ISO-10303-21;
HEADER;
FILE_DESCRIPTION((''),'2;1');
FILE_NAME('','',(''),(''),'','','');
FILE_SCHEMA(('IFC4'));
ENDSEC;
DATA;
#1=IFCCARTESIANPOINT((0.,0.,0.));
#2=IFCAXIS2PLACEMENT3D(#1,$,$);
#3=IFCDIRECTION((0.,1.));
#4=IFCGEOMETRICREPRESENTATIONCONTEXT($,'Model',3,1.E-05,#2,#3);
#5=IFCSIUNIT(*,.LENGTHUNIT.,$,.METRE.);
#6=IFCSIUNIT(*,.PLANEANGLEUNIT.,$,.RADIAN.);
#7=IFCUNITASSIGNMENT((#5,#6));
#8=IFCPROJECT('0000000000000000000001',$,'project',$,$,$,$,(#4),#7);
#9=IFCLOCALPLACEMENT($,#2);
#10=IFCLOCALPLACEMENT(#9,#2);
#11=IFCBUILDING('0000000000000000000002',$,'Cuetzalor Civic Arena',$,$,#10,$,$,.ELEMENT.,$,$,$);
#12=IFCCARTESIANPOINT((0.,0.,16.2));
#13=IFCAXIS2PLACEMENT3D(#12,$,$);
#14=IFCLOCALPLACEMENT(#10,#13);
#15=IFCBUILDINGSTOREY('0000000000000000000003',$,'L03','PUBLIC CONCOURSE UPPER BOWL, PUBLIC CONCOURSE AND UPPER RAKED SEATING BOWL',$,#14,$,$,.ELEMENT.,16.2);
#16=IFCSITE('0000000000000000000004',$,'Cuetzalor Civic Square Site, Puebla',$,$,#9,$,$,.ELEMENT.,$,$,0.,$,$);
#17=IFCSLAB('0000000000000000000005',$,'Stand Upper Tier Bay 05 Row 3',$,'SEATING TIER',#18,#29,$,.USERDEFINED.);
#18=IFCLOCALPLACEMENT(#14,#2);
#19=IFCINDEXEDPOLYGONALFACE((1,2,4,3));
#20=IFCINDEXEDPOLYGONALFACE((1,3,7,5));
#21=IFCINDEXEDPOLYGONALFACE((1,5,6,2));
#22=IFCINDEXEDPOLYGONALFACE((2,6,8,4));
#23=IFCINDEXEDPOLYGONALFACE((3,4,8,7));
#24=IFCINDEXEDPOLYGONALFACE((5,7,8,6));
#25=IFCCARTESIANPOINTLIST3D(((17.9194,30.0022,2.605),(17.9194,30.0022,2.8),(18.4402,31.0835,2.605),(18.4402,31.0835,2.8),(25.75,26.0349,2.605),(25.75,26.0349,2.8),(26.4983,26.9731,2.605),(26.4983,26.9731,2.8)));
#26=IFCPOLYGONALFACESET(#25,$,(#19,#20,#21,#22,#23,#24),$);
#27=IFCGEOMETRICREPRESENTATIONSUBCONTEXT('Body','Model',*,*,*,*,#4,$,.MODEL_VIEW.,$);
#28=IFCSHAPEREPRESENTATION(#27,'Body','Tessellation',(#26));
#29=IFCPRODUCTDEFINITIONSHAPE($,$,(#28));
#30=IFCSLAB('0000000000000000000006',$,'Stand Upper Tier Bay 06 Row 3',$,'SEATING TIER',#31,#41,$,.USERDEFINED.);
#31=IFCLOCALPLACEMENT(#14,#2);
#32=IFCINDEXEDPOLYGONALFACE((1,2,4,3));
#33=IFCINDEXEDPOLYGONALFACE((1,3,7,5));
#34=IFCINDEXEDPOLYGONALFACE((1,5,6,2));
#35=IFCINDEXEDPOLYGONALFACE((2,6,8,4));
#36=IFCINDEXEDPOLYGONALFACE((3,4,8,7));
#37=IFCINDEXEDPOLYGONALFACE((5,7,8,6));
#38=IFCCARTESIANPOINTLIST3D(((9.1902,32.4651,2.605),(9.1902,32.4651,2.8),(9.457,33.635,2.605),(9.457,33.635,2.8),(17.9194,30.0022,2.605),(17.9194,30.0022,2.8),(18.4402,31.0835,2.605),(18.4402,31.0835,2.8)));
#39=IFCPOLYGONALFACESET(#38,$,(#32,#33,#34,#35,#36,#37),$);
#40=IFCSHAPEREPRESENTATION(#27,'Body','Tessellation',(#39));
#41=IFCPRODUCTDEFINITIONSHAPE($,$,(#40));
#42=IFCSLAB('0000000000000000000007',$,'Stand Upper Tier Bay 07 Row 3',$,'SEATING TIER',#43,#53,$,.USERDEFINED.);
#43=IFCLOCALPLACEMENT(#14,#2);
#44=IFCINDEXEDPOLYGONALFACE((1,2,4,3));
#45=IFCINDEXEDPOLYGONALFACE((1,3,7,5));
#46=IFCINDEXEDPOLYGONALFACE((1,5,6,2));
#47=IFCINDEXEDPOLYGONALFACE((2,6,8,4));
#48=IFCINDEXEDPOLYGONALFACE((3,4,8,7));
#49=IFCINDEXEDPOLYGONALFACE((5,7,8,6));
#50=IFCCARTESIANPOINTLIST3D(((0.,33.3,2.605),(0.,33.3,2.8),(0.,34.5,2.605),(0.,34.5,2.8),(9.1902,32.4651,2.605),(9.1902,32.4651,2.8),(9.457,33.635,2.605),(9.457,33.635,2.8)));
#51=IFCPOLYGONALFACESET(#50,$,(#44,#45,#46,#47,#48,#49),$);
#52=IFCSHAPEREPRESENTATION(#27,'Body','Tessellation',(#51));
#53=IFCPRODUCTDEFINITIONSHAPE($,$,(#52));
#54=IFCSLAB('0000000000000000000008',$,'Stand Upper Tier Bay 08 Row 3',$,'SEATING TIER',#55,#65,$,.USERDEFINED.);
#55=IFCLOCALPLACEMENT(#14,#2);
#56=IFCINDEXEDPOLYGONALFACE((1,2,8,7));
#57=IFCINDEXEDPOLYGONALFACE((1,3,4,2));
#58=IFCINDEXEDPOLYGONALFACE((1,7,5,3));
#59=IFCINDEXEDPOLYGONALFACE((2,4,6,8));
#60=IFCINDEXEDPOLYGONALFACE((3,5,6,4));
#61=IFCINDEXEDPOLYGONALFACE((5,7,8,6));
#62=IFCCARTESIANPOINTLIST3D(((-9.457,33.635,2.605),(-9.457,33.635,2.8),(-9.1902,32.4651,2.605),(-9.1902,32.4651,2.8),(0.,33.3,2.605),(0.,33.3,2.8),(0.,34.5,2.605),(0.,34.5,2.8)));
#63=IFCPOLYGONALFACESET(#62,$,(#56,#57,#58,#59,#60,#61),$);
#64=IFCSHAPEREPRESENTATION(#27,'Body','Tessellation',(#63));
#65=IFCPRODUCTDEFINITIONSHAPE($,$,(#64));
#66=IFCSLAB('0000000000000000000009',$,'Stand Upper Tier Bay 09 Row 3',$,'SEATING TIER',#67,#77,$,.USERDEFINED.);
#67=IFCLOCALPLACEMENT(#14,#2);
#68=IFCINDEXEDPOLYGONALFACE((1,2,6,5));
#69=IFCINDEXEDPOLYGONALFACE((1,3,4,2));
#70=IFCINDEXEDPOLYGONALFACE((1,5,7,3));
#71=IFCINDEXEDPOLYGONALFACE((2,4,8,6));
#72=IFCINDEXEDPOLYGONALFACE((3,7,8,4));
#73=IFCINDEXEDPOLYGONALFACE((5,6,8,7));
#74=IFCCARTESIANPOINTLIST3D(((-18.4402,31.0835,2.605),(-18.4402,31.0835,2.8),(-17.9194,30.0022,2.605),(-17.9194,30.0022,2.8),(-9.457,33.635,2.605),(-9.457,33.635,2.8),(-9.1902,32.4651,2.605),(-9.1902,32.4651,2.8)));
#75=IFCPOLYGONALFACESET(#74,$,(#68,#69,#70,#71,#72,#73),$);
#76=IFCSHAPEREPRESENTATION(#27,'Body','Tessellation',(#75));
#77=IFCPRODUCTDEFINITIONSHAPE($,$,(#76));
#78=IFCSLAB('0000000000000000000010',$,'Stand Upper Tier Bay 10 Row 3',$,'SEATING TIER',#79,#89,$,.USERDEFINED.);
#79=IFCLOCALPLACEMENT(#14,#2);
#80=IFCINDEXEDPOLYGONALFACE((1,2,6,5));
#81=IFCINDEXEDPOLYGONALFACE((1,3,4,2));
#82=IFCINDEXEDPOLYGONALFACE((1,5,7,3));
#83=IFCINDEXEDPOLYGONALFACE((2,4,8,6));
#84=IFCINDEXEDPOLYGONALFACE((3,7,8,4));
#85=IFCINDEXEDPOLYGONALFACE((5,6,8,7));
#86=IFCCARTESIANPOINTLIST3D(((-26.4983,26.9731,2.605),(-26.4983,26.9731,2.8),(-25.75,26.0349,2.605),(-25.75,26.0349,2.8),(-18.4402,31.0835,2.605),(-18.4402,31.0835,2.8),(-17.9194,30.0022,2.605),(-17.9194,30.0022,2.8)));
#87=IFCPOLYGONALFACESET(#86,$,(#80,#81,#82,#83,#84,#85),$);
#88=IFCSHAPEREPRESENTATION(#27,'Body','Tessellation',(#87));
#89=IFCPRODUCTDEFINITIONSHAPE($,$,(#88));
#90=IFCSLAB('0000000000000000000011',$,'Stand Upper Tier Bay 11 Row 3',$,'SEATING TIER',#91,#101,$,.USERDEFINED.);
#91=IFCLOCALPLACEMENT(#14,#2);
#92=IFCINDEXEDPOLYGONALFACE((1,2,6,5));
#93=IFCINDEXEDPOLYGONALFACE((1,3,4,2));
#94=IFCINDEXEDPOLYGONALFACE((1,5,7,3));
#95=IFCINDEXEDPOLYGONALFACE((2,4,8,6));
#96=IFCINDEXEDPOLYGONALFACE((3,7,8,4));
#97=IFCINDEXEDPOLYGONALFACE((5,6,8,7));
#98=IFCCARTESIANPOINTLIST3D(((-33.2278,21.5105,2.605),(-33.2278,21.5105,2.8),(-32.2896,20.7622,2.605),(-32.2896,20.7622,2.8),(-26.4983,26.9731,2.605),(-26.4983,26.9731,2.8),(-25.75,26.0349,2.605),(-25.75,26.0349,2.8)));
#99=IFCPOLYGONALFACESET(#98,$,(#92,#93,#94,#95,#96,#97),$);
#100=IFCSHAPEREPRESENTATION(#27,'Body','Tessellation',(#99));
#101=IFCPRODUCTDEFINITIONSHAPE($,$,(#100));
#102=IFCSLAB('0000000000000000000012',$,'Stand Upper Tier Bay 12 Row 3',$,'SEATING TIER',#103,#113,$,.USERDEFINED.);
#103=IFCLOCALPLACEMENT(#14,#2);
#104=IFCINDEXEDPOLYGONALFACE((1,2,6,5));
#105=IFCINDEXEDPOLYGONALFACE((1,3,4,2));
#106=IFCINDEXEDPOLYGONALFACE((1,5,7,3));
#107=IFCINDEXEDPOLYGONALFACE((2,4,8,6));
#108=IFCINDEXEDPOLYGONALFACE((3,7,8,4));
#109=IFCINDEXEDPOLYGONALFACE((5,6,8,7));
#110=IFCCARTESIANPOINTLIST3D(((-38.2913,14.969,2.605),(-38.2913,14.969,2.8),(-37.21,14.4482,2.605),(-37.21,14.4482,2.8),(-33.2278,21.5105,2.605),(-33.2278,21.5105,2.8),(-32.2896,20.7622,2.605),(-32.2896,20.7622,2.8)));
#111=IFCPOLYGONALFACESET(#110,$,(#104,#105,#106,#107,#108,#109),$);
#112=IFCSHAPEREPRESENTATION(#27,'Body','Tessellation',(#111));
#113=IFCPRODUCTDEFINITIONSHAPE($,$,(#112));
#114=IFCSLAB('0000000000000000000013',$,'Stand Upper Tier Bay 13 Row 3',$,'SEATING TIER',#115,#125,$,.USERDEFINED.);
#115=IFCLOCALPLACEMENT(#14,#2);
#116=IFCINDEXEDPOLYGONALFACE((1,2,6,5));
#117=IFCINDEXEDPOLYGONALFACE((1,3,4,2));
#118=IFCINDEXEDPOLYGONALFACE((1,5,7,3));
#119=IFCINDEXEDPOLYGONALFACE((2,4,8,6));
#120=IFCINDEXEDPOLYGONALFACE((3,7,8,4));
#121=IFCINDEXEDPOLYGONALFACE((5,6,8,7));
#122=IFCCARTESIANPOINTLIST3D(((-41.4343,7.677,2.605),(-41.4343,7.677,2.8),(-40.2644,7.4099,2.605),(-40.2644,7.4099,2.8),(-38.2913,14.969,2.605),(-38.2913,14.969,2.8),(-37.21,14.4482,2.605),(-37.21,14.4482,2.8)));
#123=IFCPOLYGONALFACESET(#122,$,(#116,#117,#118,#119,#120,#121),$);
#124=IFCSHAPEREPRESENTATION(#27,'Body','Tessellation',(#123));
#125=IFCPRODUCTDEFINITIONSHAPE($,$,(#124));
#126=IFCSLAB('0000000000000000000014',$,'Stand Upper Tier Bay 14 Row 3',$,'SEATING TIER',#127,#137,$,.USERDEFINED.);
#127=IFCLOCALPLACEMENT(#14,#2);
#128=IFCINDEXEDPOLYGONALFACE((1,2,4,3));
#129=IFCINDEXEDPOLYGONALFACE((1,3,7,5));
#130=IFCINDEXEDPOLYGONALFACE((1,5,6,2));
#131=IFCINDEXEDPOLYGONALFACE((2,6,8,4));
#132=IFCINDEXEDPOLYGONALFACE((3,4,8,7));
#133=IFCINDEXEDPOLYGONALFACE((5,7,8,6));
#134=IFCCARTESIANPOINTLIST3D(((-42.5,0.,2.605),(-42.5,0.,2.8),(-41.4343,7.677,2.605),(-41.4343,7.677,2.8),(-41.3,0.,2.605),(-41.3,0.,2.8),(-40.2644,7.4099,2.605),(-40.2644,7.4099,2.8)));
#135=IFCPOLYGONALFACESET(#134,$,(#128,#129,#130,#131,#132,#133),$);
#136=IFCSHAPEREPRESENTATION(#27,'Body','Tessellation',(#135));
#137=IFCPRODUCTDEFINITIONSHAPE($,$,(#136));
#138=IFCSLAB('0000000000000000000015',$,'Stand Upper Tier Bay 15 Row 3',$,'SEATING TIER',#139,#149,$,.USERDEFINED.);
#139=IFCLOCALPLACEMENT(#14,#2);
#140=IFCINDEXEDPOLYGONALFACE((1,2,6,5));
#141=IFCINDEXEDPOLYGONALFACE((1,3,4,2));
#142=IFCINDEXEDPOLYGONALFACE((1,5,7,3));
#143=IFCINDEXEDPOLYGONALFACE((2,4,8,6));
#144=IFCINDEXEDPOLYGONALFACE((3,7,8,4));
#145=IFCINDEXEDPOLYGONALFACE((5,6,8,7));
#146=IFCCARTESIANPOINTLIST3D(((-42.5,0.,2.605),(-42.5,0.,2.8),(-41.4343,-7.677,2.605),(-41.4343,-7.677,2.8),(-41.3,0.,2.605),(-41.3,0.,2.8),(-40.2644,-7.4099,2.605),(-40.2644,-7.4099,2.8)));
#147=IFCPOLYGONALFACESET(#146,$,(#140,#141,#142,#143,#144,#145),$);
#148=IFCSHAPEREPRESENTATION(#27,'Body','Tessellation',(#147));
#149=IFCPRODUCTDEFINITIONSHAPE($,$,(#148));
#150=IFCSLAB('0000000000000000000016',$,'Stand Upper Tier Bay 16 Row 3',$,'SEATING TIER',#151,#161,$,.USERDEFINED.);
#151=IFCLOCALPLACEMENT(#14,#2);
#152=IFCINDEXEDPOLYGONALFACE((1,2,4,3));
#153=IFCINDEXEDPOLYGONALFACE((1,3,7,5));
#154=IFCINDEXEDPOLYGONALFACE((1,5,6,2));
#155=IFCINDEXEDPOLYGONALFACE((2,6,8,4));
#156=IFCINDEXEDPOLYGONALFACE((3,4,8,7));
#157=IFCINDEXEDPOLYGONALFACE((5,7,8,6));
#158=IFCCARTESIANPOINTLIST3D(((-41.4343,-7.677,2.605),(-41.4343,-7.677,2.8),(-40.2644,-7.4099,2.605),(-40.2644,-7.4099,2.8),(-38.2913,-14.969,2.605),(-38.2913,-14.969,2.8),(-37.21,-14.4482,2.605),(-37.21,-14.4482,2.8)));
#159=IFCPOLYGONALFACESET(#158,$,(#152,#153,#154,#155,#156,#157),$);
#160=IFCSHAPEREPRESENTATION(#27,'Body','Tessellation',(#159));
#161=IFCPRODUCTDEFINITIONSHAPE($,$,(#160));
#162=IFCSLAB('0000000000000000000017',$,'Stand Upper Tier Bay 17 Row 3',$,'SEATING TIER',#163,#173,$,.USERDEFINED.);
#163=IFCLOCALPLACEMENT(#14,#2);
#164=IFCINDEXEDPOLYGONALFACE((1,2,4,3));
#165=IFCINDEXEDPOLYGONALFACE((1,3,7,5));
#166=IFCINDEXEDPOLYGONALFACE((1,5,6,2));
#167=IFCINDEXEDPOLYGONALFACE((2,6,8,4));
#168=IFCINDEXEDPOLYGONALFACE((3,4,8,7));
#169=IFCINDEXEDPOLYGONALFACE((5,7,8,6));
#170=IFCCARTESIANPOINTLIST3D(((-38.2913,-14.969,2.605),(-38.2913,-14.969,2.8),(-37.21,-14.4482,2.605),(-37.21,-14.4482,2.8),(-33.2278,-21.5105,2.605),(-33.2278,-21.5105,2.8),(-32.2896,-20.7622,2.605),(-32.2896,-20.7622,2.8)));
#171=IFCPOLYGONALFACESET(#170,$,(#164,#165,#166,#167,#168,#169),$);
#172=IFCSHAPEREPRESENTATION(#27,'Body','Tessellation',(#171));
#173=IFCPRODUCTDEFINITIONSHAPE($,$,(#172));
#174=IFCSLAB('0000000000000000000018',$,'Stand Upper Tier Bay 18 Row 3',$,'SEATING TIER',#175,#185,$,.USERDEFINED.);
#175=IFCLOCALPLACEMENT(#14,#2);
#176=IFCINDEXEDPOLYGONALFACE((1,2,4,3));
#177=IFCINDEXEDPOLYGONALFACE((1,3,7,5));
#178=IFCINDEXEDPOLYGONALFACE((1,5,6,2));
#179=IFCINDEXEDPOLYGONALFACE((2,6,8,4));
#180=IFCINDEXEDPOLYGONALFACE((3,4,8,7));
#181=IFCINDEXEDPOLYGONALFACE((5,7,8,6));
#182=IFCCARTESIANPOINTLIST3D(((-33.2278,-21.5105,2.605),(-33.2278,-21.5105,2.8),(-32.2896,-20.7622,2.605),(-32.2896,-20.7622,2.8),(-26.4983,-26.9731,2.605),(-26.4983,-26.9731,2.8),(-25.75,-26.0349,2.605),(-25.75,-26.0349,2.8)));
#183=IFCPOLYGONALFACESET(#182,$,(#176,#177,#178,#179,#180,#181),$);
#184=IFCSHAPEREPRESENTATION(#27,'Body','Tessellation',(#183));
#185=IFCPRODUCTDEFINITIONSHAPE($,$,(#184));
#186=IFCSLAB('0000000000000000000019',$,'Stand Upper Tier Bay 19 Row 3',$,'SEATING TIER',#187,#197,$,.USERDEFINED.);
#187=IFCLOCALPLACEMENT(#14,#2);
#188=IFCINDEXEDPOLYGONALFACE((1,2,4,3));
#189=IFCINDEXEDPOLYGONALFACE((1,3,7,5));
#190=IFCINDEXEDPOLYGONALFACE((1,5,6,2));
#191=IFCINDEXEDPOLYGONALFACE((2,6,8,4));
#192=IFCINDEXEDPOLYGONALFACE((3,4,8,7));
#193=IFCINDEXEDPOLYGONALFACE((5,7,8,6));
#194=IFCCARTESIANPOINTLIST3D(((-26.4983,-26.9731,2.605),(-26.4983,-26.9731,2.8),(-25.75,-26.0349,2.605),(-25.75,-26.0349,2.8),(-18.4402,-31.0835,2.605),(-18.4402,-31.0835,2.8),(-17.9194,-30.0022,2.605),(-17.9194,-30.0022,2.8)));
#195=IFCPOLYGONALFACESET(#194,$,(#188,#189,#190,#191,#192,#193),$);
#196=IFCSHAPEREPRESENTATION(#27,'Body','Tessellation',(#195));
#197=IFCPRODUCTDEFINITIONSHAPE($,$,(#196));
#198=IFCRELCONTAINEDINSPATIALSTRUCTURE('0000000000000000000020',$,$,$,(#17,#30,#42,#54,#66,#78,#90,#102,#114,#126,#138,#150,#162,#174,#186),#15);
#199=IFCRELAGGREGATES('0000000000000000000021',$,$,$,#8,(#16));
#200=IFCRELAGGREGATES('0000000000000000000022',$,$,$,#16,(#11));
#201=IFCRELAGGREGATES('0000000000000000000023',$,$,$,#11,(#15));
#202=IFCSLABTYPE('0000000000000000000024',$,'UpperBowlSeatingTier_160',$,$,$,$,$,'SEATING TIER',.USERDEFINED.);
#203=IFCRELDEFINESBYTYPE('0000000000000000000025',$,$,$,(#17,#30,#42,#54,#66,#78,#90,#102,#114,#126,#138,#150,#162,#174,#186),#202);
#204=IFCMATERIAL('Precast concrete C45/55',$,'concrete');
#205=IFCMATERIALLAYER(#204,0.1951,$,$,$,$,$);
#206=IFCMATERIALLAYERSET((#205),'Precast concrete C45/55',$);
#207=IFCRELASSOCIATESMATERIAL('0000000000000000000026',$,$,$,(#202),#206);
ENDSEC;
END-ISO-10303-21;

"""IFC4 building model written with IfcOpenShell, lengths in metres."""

from ifc_helpers import new_model, si_unit, direction, frame, origin, place, context, subcontext, project, spatial, polyline, outline, extrude, material, layer, layer_set, type_object, element, save


model = new_model("IFC4")

# Units and contexts
model_context = context("Model", 3, precision=1e-05, world=origin(), true_north=direction((0.0, 1.0)))
body_context = subcontext(model_context, "Body", "Model", "MODEL_VIEW")
ifc_project = project(units=[si_unit("LENGTHUNIT", "METRE"), si_unit("PLANEANGLEUNIT", "RADIAN")], contexts=[model_context])

# Site, building, storey
site_placement = place(None, origin())
site = spatial("IfcSite", under=ifc_project, at=site_placement, Name="Cuetzalor Civic Square Site, Puebla", CompositionType="ELEMENT", RefElevation=0.0)
building_placement = place(site_placement, origin())
building = spatial("IfcBuilding", under=site, at=building_placement, Name="Cuetzalor Civic Arena", CompositionType="ELEMENT")
storey_placement = place(building_placement, frame((0.0, 0.0, 16.2)))
storey = spatial("IfcBuildingStorey", under=building, at=storey_placement, Name="L03", Description="PUBLIC CONCOURSE UPPER BOWL, PUBLIC CONCOURSE AND UPPER RAKED SEATING BOWL", CompositionType="ELEMENT", Elevation=16.2)

# Slabs
ifc_material = material(Name="Precast concrete C45/55", Category="concrete")
ifc_layer = layer(ifc_material, 0.1951)
ifc_layer_set = layer_set([ifc_layer], Name="Precast concrete C45/55")
slab_type = type_object("IfcSlabType", Name="UpperBowlSeatingTier_160", ElementType="SEATING TIER", PredefinedType="USERDEFINED", material=ifc_layer_set)
slab_1_placement = place(storey_placement, frame((0.0, 0.0, 2.605)))
element("IfcSlab", 1, at=slab_1_placement, inside=storey, type_object=slab_type, Name="Stand Upper Tier Bay 05 Row 3", ObjectType="SEATING TIER", PredefinedType="USERDEFINED", context=body_context, shape_type="SweptSolid", body=[
    extrude(outline(polyline([(25.75, 26.0349), (17.9194, 30.0022), (18.4402, 31.0835), (26.4983, 26.9731), (25.75, 26.0349)])), origin(), (0.0, 0.0, 1.0), 0.1951),
])
slab_2_placement = place(storey_placement, frame((0.0, 0.0, 2.605)))
element("IfcSlab", 2, at=slab_2_placement, inside=storey, type_object=slab_type, Name="Stand Upper Tier Bay 06 Row 3", ObjectType="SEATING TIER", PredefinedType="USERDEFINED", context=body_context, shape_type="SweptSolid", body=[
    extrude(outline(polyline([(17.9194, 30.0022), (9.1902, 32.4651), (9.457, 33.635), (18.4402, 31.0835), (17.9194, 30.0022)])), origin(), (0.0, 0.0, 1.0), 0.1951),
])
slab_3_placement = place(storey_placement, frame((0.0, 0.0, 2.605)))
element("IfcSlab", 3, at=slab_3_placement, inside=storey, type_object=slab_type, Name="Stand Upper Tier Bay 07 Row 3", ObjectType="SEATING TIER", PredefinedType="USERDEFINED", context=body_context, shape_type="SweptSolid", body=[
    extrude(outline(polyline([(9.1902, 32.4651), (0.0, 33.3), (0.0, 34.5), (9.457, 33.635), (9.1902, 32.4651)])), origin(), (0.0, 0.0, 1.0), 0.1951),
])
slab_4_placement = place(storey_placement, frame((0.0, 0.0, 2.605)))
element("IfcSlab", 4, at=slab_4_placement, inside=storey, type_object=slab_type, Name="Stand Upper Tier Bay 08 Row 3", ObjectType="SEATING TIER", PredefinedType="USERDEFINED", context=body_context, shape_type="SweptSolid", body=[
    extrude(outline(polyline([(0.0, 33.3), (-9.1902, 32.4651), (-9.457, 33.635), (0.0, 34.5), (0.0, 33.3)])), origin(), (0.0, 0.0, 1.0), 0.1951),
])
slab_5_placement = place(storey_placement, frame((0.0, 0.0, 2.605)))
element("IfcSlab", 5, at=slab_5_placement, inside=storey, type_object=slab_type, Name="Stand Upper Tier Bay 09 Row 3", ObjectType="SEATING TIER", PredefinedType="USERDEFINED", context=body_context, shape_type="SweptSolid", body=[
    extrude(outline(polyline([(-9.1902, 32.4651), (-17.9194, 30.0022), (-18.4402, 31.0835), (-9.457, 33.635), (-9.1902, 32.4651)])), origin(), (0.0, 0.0, 1.0), 0.1951),
])
slab_6_placement = place(storey_placement, frame((0.0, 0.0, 2.605)))
element("IfcSlab", 6, at=slab_6_placement, inside=storey, type_object=slab_type, Name="Stand Upper Tier Bay 10 Row 3", ObjectType="SEATING TIER", PredefinedType="USERDEFINED", context=body_context, shape_type="SweptSolid", body=[
    extrude(outline(polyline([(-17.9194, 30.0022), (-25.75, 26.0349), (-26.4983, 26.9731), (-18.4402, 31.0835), (-17.9194, 30.0022)])), origin(), (0.0, 0.0, 1.0), 0.1951),
])
slab_7_placement = place(storey_placement, frame((0.0, 0.0, 2.605)))
element("IfcSlab", 7, at=slab_7_placement, inside=storey, type_object=slab_type, Name="Stand Upper Tier Bay 11 Row 3", ObjectType="SEATING TIER", PredefinedType="USERDEFINED", context=body_context, shape_type="SweptSolid", body=[
    extrude(outline(polyline([(-25.75, 26.0349), (-32.2896, 20.7622), (-33.2278, 21.5105), (-26.4983, 26.9731), (-25.75, 26.0349)])), origin(), (0.0, 0.0, 1.0), 0.1951),
])
slab_8_placement = place(storey_placement, frame((0.0, 0.0, 2.605)))
element("IfcSlab", 8, at=slab_8_placement, inside=storey, type_object=slab_type, Name="Stand Upper Tier Bay 12 Row 3", ObjectType="SEATING TIER", PredefinedType="USERDEFINED", context=body_context, shape_type="SweptSolid", body=[
    extrude(outline(polyline([(-32.2896, 20.7622), (-37.21, 14.4482), (-38.2913, 14.969), (-33.2278, 21.5105), (-32.2896, 20.7622)])), origin(), (0.0, 0.0, 1.0), 0.1951),
])
slab_9_placement = place(storey_placement, frame((0.0, 0.0, 2.605)))
element("IfcSlab", 9, at=slab_9_placement, inside=storey, type_object=slab_type, Name="Stand Upper Tier Bay 13 Row 3", ObjectType="SEATING TIER", PredefinedType="USERDEFINED", context=body_context, shape_type="SweptSolid", body=[
    extrude(outline(polyline([(-37.21, 14.4482), (-40.2644, 7.4099), (-41.4343, 7.677), (-38.2913, 14.969), (-37.21, 14.4482)])), origin(), (0.0, 0.0, 1.0), 0.1951),
])
slab_10_placement = place(storey_placement, frame((0.0, 0.0, 2.605)))
element("IfcSlab", 10, at=slab_10_placement, inside=storey, type_object=slab_type, Name="Stand Upper Tier Bay 14 Row 3", ObjectType="SEATING TIER", PredefinedType="USERDEFINED", context=body_context, shape_type="SweptSolid", body=[
    extrude(outline(polyline([(-40.2644, 7.4099), (-41.3, 0.0), (-42.5, 0.0), (-41.4343, 7.677), (-40.2644, 7.4099)])), origin(), (0.0, 0.0, 1.0), 0.1951),
])
slab_11_placement = place(storey_placement, frame((0.0, 0.0, 2.605)))
element("IfcSlab", 11, at=slab_11_placement, inside=storey, type_object=slab_type, Name="Stand Upper Tier Bay 15 Row 3", ObjectType="SEATING TIER", PredefinedType="USERDEFINED", context=body_context, shape_type="SweptSolid", body=[
    extrude(outline(polyline([(-41.3, 0.0), (-40.2644, -7.4099), (-41.4343, -7.677), (-42.5, 0.0), (-41.3, 0.0)])), origin(), (0.0, 0.0, 1.0), 0.1951),
])
slab_12_placement = place(storey_placement, frame((0.0, 0.0, 2.605)))
element("IfcSlab", 12, at=slab_12_placement, inside=storey, type_object=slab_type, Name="Stand Upper Tier Bay 16 Row 3", ObjectType="SEATING TIER", PredefinedType="USERDEFINED", context=body_context, shape_type="SweptSolid", body=[
    extrude(outline(polyline([(-40.2644, -7.4099), (-37.21, -14.4482), (-38.2913, -14.969), (-41.4343, -7.677), (-40.2644, -7.4099)])), origin(), (0.0, 0.0, 1.0), 0.1951),
])
slab_13_placement = place(storey_placement, frame((0.0, 0.0, 2.605)))
element("IfcSlab", 13, at=slab_13_placement, inside=storey, type_object=slab_type, Name="Stand Upper Tier Bay 17 Row 3", ObjectType="SEATING TIER", PredefinedType="USERDEFINED", context=body_context, shape_type="SweptSolid", body=[
    extrude(outline(polyline([(-37.21, -14.4482), (-32.2896, -20.7622), (-33.2278, -21.5105), (-38.2913, -14.969), (-37.21, -14.4482)])), origin(), (0.0, 0.0, 1.0), 0.1951),
])
slab_14_placement = place(storey_placement, frame((0.0, 0.0, 2.605)))
element("IfcSlab", 14, at=slab_14_placement, inside=storey, type_object=slab_type, Name="Stand Upper Tier Bay 18 Row 3", ObjectType="SEATING TIER", PredefinedType="USERDEFINED", context=body_context, shape_type="SweptSolid", body=[
    extrude(outline(polyline([(-32.2896, -20.7622), (-25.75, -26.0349), (-26.4983, -26.9731), (-33.2278, -21.5105), (-32.2896, -20.7622)])), origin(), (0.0, 0.0, 1.0), 0.1951),
])
slab_15_placement = place(storey_placement, frame((0.0, 0.0, 2.605)))
element("IfcSlab", 15, at=slab_15_placement, inside=storey, type_object=slab_type, Name="Stand Upper Tier Bay 19 Row 3", ObjectType="SEATING TIER", PredefinedType="USERDEFINED", context=body_context, shape_type="SweptSolid", body=[
    extrude(outline(polyline([(-25.75, -26.0349), (-17.9194, -30.0022), (-18.4402, -31.0835), (-26.4983, -26.9731), (-25.75, -26.0349)])), origin(), (0.0, 0.0, 1.0), 0.1951),
])

save(model, "model.ifc")
